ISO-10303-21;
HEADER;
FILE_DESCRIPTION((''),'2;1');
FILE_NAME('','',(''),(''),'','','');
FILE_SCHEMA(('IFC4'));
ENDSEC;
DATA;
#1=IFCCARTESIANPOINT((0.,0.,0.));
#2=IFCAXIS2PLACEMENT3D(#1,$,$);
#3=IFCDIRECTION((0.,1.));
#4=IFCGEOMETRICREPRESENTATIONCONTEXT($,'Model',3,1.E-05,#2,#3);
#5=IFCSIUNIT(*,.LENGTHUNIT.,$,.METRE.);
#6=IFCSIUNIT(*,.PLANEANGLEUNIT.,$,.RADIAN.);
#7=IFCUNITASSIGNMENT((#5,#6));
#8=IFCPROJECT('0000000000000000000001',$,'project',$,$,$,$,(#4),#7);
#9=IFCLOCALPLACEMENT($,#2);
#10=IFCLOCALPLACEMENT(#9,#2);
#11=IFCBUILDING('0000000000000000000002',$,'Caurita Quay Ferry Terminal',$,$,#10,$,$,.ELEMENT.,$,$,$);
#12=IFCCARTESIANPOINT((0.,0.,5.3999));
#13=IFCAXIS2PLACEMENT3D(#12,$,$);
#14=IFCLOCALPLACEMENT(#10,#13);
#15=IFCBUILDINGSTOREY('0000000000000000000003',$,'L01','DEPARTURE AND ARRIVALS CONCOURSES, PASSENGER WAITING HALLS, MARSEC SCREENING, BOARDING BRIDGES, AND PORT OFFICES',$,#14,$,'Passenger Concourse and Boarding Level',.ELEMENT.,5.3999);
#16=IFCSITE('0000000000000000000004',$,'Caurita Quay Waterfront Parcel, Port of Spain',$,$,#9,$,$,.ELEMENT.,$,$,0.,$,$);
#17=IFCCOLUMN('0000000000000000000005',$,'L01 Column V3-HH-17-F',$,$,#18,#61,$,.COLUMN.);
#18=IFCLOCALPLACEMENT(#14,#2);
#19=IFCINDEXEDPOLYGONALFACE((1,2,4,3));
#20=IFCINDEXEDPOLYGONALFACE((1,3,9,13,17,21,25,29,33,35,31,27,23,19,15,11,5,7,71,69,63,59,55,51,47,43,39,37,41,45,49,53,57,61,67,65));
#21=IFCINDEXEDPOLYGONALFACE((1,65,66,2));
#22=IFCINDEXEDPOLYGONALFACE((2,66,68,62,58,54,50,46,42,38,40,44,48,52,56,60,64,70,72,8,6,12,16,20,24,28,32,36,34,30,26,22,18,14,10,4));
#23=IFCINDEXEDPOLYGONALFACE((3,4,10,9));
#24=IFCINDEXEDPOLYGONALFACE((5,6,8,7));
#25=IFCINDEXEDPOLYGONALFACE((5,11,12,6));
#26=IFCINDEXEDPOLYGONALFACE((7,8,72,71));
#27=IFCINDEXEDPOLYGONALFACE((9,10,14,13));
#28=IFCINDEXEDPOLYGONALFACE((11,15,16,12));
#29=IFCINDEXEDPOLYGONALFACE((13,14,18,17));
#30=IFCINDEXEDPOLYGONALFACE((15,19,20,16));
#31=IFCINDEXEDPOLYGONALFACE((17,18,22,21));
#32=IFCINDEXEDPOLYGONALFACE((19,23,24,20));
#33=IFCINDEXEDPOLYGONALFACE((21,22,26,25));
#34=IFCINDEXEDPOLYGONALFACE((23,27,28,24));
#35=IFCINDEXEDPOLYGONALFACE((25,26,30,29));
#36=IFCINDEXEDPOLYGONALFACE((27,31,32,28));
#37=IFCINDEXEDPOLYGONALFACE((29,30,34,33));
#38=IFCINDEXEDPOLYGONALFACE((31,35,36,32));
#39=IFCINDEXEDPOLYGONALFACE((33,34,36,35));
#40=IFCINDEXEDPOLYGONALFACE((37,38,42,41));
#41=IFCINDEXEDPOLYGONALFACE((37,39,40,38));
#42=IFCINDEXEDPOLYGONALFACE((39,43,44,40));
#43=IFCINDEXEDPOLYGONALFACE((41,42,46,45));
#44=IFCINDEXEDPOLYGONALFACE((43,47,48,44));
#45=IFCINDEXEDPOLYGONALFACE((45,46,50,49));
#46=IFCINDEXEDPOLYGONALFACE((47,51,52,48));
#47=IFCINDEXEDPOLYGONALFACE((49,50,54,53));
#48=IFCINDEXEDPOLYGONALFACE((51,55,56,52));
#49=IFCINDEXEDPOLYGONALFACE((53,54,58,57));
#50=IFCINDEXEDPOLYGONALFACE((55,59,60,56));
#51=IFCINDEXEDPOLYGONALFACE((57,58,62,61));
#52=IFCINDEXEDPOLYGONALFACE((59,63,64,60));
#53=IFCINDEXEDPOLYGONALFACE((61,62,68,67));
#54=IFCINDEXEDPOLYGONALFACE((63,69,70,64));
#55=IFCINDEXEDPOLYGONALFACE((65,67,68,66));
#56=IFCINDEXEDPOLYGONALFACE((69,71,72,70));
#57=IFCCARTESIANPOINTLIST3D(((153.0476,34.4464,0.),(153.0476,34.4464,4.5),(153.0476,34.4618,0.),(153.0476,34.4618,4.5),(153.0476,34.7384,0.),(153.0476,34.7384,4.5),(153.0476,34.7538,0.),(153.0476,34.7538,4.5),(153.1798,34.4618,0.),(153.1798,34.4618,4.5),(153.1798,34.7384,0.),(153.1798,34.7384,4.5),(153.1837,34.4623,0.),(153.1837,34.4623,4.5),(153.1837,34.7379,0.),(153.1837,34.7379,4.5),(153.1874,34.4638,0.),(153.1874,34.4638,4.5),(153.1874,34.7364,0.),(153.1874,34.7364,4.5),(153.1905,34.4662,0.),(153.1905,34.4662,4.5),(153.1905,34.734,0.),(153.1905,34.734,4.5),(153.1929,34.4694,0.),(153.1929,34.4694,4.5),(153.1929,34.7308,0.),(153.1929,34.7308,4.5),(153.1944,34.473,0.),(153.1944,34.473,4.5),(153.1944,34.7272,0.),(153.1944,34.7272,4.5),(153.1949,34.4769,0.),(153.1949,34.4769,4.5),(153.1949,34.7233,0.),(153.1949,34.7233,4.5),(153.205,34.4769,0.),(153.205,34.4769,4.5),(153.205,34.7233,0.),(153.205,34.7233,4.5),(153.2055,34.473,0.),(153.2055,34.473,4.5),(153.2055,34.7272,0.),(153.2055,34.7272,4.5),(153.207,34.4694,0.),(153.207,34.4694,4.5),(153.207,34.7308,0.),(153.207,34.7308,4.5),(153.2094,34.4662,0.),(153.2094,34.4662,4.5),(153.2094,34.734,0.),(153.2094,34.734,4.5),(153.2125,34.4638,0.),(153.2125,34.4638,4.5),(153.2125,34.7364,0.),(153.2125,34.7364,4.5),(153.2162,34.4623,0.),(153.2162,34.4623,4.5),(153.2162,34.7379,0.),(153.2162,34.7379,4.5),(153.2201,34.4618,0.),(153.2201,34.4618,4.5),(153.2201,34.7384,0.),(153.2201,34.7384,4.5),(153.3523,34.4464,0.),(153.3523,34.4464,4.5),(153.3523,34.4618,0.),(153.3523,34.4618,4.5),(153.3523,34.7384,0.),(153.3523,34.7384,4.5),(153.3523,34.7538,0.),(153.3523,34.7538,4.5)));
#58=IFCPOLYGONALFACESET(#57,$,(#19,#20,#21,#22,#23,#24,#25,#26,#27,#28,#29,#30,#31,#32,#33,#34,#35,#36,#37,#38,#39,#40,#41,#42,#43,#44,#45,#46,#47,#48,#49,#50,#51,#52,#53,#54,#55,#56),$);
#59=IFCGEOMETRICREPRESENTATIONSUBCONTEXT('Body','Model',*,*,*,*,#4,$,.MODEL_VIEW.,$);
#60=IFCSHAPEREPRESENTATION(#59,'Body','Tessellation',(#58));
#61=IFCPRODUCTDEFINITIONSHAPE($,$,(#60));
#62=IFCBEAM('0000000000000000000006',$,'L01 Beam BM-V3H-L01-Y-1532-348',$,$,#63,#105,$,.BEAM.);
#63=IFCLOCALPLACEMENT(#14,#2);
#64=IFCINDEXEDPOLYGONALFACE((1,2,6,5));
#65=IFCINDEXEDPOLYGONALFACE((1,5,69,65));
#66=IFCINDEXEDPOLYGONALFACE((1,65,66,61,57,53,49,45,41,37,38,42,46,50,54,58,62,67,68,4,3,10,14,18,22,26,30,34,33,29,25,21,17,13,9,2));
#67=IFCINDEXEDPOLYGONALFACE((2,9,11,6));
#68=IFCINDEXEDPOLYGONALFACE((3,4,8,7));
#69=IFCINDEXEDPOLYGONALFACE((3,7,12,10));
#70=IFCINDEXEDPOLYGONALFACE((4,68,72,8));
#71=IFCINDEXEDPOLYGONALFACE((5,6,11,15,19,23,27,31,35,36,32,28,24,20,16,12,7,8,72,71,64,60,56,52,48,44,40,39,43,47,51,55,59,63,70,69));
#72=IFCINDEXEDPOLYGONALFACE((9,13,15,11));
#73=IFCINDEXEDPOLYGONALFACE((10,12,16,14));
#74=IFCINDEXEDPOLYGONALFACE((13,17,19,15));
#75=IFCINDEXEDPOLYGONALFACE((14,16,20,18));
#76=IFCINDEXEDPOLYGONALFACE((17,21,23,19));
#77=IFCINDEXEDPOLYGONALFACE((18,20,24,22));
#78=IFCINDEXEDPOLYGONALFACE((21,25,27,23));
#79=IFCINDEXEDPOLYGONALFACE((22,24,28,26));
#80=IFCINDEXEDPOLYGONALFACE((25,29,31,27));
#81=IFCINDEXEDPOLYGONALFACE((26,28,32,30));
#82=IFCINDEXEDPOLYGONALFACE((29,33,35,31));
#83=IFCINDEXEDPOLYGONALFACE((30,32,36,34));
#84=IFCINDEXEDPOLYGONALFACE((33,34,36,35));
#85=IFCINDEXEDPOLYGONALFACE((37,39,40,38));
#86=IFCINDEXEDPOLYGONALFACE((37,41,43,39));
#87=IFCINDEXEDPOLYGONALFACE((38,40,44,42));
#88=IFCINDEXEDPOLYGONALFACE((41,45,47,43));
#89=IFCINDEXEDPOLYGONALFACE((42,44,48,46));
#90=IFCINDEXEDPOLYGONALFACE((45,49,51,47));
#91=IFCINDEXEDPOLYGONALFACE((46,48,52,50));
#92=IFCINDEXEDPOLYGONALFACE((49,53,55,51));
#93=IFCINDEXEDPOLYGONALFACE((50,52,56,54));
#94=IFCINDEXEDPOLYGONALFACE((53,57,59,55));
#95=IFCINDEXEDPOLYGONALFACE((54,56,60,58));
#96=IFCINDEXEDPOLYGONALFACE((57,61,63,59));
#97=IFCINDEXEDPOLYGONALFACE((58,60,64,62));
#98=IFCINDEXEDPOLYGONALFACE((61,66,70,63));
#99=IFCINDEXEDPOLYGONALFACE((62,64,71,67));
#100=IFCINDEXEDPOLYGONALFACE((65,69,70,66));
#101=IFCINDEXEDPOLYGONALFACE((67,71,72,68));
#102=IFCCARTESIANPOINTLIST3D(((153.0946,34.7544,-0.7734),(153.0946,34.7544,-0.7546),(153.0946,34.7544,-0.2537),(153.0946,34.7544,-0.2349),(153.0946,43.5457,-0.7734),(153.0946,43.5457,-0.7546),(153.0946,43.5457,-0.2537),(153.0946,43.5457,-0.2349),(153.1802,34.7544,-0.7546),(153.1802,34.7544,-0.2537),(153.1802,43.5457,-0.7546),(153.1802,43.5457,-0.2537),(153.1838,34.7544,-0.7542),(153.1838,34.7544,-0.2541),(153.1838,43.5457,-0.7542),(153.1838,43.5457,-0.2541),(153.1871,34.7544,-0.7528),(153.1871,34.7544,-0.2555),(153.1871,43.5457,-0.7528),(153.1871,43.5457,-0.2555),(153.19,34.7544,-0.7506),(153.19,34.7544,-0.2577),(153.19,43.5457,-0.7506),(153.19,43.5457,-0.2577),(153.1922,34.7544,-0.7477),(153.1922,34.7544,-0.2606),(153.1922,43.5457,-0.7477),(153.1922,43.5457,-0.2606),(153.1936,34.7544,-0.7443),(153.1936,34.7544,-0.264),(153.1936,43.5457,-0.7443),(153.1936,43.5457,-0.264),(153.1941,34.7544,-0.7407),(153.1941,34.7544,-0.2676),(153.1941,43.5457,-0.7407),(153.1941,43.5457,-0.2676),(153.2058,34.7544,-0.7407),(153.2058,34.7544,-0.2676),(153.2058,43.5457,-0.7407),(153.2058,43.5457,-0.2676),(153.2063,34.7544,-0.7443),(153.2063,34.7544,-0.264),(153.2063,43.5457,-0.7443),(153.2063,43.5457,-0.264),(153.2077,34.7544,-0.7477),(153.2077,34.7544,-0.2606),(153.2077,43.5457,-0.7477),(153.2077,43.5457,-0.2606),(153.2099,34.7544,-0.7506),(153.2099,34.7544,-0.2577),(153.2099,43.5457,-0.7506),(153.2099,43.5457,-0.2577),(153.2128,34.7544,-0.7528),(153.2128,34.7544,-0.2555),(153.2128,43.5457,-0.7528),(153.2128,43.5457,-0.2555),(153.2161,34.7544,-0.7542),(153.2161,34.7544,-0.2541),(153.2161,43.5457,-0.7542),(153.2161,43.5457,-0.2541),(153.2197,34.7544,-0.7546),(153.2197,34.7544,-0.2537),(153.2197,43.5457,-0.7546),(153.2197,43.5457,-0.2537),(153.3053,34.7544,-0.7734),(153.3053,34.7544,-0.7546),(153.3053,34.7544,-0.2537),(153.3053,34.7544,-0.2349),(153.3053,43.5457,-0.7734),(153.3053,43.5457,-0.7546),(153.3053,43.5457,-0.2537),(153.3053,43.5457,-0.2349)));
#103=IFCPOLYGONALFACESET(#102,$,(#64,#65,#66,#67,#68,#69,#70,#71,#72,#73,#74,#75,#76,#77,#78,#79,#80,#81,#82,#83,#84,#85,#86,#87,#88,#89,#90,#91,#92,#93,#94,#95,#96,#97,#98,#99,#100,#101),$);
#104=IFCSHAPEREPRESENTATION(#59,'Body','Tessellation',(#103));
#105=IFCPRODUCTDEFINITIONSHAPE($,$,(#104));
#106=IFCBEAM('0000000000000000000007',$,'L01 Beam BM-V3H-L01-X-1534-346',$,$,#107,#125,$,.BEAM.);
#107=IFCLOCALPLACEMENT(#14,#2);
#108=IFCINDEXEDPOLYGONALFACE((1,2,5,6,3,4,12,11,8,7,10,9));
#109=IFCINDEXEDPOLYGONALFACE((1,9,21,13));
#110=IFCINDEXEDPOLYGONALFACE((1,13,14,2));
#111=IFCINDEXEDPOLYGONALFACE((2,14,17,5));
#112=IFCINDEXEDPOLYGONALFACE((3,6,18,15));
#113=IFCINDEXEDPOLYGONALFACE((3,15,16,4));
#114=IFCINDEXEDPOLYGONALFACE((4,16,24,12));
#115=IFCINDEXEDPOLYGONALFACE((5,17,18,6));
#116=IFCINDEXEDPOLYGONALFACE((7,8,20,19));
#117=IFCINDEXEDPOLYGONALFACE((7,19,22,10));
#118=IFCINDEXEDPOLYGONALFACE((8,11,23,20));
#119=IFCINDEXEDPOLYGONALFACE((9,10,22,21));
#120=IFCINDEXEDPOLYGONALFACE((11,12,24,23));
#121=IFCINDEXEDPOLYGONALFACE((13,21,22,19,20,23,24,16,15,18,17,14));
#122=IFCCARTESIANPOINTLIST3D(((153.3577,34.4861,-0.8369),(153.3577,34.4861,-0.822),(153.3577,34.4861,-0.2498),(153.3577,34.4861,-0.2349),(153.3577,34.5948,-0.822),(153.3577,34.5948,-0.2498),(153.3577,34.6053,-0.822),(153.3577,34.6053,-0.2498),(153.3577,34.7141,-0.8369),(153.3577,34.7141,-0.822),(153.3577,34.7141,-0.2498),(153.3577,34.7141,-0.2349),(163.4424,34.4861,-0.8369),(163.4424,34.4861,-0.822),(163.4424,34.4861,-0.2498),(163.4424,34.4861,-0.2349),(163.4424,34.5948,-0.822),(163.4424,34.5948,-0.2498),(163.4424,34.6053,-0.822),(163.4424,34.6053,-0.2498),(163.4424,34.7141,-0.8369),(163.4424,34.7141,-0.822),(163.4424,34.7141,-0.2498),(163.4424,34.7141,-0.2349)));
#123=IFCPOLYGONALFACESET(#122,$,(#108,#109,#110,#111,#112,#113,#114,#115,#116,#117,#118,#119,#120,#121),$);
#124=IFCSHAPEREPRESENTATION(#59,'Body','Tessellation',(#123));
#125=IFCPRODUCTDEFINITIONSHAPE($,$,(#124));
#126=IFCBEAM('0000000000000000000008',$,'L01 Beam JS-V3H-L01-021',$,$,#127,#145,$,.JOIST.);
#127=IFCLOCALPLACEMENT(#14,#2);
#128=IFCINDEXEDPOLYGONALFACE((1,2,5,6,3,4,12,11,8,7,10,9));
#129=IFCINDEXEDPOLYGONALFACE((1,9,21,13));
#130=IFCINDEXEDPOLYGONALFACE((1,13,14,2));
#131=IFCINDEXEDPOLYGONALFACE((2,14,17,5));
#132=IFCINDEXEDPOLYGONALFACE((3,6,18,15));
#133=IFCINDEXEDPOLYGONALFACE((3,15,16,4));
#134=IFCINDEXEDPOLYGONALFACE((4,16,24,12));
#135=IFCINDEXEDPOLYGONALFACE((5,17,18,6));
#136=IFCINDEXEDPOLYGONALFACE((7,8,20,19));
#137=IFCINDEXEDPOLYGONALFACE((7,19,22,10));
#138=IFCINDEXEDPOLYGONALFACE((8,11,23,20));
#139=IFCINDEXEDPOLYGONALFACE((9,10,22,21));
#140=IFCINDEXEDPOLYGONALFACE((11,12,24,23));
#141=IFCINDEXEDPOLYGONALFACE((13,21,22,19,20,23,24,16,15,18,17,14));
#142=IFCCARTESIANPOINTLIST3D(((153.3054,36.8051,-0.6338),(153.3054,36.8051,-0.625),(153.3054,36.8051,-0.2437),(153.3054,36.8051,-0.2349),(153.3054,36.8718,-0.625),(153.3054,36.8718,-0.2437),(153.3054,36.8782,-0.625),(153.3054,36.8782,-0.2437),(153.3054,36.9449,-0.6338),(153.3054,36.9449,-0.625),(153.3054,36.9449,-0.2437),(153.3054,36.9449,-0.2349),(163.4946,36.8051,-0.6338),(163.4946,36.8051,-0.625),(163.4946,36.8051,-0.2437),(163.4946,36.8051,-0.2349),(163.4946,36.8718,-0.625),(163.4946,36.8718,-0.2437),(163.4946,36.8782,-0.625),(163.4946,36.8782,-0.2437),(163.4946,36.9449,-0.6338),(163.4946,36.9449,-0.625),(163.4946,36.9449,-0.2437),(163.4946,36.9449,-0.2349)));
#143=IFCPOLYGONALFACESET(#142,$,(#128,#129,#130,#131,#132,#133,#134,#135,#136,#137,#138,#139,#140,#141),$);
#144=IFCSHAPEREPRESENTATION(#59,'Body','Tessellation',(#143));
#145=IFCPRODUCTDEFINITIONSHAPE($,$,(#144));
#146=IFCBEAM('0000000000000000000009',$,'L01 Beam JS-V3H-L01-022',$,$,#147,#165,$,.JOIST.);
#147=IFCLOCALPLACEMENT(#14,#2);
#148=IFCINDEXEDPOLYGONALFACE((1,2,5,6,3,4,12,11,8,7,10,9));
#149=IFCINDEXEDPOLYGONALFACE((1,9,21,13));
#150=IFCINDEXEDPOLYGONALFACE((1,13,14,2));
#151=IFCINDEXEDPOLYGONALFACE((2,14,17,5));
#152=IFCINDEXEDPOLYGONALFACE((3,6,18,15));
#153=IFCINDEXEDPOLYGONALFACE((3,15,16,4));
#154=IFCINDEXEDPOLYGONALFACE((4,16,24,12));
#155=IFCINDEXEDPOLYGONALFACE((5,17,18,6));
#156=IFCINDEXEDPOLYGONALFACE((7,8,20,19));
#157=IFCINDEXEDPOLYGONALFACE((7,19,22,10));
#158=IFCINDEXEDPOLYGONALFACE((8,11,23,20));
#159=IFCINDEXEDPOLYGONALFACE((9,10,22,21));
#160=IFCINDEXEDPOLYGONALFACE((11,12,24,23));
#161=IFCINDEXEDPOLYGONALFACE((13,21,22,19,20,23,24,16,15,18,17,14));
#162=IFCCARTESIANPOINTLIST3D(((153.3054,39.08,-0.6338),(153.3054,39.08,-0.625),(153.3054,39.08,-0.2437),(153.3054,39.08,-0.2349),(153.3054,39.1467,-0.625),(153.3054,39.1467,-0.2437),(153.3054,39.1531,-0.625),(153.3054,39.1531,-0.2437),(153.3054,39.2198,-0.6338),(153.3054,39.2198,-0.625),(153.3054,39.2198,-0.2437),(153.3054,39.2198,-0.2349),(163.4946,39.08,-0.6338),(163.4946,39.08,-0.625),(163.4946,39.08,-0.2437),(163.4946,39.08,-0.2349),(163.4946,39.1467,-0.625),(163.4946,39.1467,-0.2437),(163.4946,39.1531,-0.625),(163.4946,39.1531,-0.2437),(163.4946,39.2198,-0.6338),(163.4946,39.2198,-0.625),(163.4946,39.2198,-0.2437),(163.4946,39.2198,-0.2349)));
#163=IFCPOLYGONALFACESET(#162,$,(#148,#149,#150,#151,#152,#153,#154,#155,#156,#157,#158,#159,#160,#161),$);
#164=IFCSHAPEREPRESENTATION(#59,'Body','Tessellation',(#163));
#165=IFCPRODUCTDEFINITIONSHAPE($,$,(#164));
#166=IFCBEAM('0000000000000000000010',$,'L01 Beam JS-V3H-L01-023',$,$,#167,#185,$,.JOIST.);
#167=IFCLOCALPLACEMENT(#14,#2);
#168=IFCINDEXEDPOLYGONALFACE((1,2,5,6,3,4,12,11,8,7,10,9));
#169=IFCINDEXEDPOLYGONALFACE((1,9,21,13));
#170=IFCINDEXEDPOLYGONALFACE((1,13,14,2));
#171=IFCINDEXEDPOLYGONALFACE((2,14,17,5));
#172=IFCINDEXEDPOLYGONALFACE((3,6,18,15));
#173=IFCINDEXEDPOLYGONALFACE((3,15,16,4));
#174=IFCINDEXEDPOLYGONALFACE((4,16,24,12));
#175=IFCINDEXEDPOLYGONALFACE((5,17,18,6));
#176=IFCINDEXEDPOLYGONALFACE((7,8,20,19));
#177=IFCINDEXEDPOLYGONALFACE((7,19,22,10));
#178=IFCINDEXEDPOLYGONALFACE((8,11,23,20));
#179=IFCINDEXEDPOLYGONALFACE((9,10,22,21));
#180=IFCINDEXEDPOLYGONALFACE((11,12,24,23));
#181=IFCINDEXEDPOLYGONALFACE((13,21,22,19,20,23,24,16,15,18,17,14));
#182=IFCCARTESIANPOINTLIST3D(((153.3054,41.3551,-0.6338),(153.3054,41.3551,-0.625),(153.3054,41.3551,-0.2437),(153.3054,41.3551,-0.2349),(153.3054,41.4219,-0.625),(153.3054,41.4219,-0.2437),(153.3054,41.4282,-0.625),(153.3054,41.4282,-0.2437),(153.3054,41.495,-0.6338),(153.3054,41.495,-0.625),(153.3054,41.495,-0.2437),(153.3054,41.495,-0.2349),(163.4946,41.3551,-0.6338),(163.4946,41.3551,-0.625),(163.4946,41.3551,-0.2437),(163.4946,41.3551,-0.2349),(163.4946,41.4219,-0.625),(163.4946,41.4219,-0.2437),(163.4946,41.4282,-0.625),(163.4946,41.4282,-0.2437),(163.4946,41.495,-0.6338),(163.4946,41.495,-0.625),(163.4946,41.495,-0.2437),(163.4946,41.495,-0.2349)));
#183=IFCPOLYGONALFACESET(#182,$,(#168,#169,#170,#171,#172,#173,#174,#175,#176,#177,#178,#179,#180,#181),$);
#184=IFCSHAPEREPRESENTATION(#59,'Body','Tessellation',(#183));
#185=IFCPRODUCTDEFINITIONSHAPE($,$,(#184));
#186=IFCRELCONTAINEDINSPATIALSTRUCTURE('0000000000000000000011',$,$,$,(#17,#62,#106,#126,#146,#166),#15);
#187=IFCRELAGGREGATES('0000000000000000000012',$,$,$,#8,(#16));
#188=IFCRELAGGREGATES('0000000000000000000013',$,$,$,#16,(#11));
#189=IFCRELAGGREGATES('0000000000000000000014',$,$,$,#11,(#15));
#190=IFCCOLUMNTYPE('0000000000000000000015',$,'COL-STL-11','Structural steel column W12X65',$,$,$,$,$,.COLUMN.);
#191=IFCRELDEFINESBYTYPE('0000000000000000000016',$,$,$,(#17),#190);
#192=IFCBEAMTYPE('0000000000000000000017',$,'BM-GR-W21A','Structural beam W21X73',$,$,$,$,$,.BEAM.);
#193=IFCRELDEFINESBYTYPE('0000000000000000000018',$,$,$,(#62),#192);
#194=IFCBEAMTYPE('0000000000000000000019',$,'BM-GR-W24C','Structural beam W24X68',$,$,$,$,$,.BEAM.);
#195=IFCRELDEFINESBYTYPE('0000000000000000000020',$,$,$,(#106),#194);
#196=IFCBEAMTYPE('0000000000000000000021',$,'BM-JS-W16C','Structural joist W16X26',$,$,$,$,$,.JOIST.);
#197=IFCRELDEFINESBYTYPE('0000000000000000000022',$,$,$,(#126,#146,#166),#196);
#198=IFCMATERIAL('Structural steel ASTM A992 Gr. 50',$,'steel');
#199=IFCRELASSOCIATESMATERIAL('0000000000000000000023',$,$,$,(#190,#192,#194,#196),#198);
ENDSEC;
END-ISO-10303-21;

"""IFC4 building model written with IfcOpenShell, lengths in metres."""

from ifc_helpers import new_model, si_unit, direction, frame, origin, origin_2d, place, context, subcontext, project, spatial, i_section, extrude, material, material_profile, profile_set, type_object, element, save


model = new_model("IFC4")

# Units and contexts
model_context = context("Model", 3, precision=1e-05, world=origin(), true_north=direction((0.0, 1.0)))
body_context = subcontext(model_context, "Body", "Model", "MODEL_VIEW")
ifc_project = project(units=[si_unit("LENGTHUNIT", "METRE"), si_unit("PLANEANGLEUNIT", "RADIAN")], contexts=[model_context])

# Site, building, storey
site_placement = place(None, origin())
site = spatial("IfcSite", under=ifc_project, at=site_placement, Name="Caurita Quay Waterfront Parcel, Port of Spain", CompositionType="ELEMENT", RefElevation=0.0)
building_placement = place(site_placement, origin())
building = spatial("IfcBuilding", under=site, at=building_placement, Name="Caurita Quay Ferry Terminal", CompositionType="ELEMENT")
storey_placement = place(building_placement, frame((0.0, 0.0, 5.3999)))
storey = spatial("IfcBuildingStorey", under=building, at=storey_placement, Name="L01", Description="DEPARTURE AND ARRIVALS CONCOURSES, PASSENGER WAITING HALLS, MARSEC SCREENING, BOARDING BRIDGES, AND PORT OFFICES", LongName="Passenger Concourse and Boarding Level", CompositionType="ELEMENT", Elevation=5.3999)

# Column
ifc_material_1 = material(Name="Structural steel ASTM A992 Gr. 50", Category="steel")
ifc_material_profile_1 = material_profile(ifc_material_1, i_section(OverallWidth=0.3047, OverallDepth=0.3074, WebThickness=0.01, FlangeThickness=0.0154, FilletRadius=0.0151, at=origin_2d()), Name="W12X65")
ifc_profile_set_1 = profile_set([ifc_material_profile_1], Name="Structural steel ASTM A992 Gr. 50")
column_type = type_object("IfcColumnType", Name="COL-STL-11", Description="Structural steel column W12X65", PredefinedType="COLUMN", material=ifc_profile_set_1)
column_placement = place(storey_placement, frame((153.2, 34.6001, 0.0), z_axis=(0.0, 0.0, 1.0), x_axis=(1.0, 0.0, 0.0)))
element("IfcColumn", 1, at=column_placement, inside=storey, type_object=column_type, Name="L01 Column V3-HH-17-F", PredefinedType="COLUMN", context=body_context, shape_type="SweptSolid", body=[
    extrude(i_section(OverallWidth=0.3047, OverallDepth=0.3074, WebThickness=0.01, FlangeThickness=0.0154, FilletRadius=0.0151, at=origin_2d()), origin(), (0.0, 0.0, 1.0), 4.5),
])

# Beams
ifc_material_profile_2 = material_profile(ifc_material_1, i_section(OverallWidth=0.2107, OverallDepth=0.5386, WebThickness=0.0117, FlangeThickness=0.0188, FilletRadius=0.0139, at=origin_2d()), Name="W21X73")
ifc_profile_set_2 = profile_set([ifc_material_profile_2], Name="Structural steel ASTM A992 Gr. 50")
beam_type_1 = type_object("IfcBeamType", Name="BM-GR-W21A", Description="Structural beam W21X73", PredefinedType="BEAM", material=ifc_profile_set_2)
beam_1_placement = place(storey_placement, frame((153.2, 34.7544, -0.5042), z_axis=(0.0, 1.0, 0.0), x_axis=(-1.0, 0.0, 0.0)))
element("IfcBeam", 2, at=beam_1_placement, inside=storey, type_object=beam_type_1, Name="L01 Beam BM-V3H-L01-Y-1532-348", PredefinedType="BEAM", context=body_context, shape_type="SweptSolid", body=[
    extrude(i_section(OverallWidth=0.2107, OverallDepth=0.5386, WebThickness=0.0117, FlangeThickness=0.0188, FilletRadius=0.0139, at=origin_2d()), origin(), (0.0, 0.0, 1.0), 8.7913),
])
ifc_material_profile_3 = material_profile(ifc_material_1, i_section(OverallWidth=0.228, OverallDepth=0.6021, WebThickness=0.0105, FlangeThickness=0.0149, at=origin_2d()), Name="W24X68")
ifc_profile_set_3 = profile_set([ifc_material_profile_3], Name="Structural steel ASTM A992 Gr. 50")
beam_type_2 = type_object("IfcBeamType", Name="BM-GR-W24C", Description="Structural beam W24X68", PredefinedType="BEAM", material=ifc_profile_set_3)
beam_2_placement = place(storey_placement, frame((153.3577, 34.6001, -0.5359), z_axis=(1.0, 0.0, 0.0), x_axis=(0.0, 1.0, 0.0)))
element("IfcBeam", 3, at=beam_2_placement, inside=storey, type_object=beam_type_2, Name="L01 Beam BM-V3H-L01-X-1534-346", PredefinedType="BEAM", context=body_context, shape_type="SweptSolid", body=[
    extrude(i_section(OverallWidth=0.228, OverallDepth=0.6021, WebThickness=0.0105, FlangeThickness=0.0149, at=origin_2d()), origin(), (0.0, 0.0, 1.0), 10.0847),
])
ifc_material_profile_4 = material_profile(ifc_material_1, i_section(OverallWidth=0.1399, OverallDepth=0.3989, WebThickness=0.0063, FlangeThickness=0.0088, at=origin_2d()), Name="W16X26")
ifc_profile_set_4 = profile_set([ifc_material_profile_4], Name="Structural steel ASTM A992 Gr. 50")
beam_type_3 = type_object("IfcBeamType", Name="BM-JS-W16C", Description="Structural joist W16X26", PredefinedType="JOIST", material=ifc_profile_set_4)
for number, where, z_axis, x_axis, name in (
    (4, (153.3054, 36.875, -0.4343), (1.0, 0.0, 0.0), (0.0, 1.0, 0.0), "L01 Beam JS-V3H-L01-021"),
    (5, (153.3054, 39.1499, -0.4343), (1.0, 0.0, 0.0), (0.0, 1.0, 0.0), "L01 Beam JS-V3H-L01-022"),
    (6, (153.3054, 41.425, -0.4343), (1.0, 0.0, 0.0), (0.0, 1.0, 0.0), "L01 Beam JS-V3H-L01-023"),
):
    element("IfcBeam", number, at=place(storey_placement, frame(where, z_axis=z_axis, x_axis=x_axis)), inside=storey, type_object=beam_type_3, Name=name, PredefinedType="JOIST", context=body_context, shape_type="SweptSolid", body=[
        extrude(i_section(OverallWidth=0.1399, OverallDepth=0.3989, WebThickness=0.0063, FlangeThickness=0.0088, at=origin_2d()), origin(), (0.0, 0.0, 1.0), 10.1892),
    ])

save(model, "model.ifc")
